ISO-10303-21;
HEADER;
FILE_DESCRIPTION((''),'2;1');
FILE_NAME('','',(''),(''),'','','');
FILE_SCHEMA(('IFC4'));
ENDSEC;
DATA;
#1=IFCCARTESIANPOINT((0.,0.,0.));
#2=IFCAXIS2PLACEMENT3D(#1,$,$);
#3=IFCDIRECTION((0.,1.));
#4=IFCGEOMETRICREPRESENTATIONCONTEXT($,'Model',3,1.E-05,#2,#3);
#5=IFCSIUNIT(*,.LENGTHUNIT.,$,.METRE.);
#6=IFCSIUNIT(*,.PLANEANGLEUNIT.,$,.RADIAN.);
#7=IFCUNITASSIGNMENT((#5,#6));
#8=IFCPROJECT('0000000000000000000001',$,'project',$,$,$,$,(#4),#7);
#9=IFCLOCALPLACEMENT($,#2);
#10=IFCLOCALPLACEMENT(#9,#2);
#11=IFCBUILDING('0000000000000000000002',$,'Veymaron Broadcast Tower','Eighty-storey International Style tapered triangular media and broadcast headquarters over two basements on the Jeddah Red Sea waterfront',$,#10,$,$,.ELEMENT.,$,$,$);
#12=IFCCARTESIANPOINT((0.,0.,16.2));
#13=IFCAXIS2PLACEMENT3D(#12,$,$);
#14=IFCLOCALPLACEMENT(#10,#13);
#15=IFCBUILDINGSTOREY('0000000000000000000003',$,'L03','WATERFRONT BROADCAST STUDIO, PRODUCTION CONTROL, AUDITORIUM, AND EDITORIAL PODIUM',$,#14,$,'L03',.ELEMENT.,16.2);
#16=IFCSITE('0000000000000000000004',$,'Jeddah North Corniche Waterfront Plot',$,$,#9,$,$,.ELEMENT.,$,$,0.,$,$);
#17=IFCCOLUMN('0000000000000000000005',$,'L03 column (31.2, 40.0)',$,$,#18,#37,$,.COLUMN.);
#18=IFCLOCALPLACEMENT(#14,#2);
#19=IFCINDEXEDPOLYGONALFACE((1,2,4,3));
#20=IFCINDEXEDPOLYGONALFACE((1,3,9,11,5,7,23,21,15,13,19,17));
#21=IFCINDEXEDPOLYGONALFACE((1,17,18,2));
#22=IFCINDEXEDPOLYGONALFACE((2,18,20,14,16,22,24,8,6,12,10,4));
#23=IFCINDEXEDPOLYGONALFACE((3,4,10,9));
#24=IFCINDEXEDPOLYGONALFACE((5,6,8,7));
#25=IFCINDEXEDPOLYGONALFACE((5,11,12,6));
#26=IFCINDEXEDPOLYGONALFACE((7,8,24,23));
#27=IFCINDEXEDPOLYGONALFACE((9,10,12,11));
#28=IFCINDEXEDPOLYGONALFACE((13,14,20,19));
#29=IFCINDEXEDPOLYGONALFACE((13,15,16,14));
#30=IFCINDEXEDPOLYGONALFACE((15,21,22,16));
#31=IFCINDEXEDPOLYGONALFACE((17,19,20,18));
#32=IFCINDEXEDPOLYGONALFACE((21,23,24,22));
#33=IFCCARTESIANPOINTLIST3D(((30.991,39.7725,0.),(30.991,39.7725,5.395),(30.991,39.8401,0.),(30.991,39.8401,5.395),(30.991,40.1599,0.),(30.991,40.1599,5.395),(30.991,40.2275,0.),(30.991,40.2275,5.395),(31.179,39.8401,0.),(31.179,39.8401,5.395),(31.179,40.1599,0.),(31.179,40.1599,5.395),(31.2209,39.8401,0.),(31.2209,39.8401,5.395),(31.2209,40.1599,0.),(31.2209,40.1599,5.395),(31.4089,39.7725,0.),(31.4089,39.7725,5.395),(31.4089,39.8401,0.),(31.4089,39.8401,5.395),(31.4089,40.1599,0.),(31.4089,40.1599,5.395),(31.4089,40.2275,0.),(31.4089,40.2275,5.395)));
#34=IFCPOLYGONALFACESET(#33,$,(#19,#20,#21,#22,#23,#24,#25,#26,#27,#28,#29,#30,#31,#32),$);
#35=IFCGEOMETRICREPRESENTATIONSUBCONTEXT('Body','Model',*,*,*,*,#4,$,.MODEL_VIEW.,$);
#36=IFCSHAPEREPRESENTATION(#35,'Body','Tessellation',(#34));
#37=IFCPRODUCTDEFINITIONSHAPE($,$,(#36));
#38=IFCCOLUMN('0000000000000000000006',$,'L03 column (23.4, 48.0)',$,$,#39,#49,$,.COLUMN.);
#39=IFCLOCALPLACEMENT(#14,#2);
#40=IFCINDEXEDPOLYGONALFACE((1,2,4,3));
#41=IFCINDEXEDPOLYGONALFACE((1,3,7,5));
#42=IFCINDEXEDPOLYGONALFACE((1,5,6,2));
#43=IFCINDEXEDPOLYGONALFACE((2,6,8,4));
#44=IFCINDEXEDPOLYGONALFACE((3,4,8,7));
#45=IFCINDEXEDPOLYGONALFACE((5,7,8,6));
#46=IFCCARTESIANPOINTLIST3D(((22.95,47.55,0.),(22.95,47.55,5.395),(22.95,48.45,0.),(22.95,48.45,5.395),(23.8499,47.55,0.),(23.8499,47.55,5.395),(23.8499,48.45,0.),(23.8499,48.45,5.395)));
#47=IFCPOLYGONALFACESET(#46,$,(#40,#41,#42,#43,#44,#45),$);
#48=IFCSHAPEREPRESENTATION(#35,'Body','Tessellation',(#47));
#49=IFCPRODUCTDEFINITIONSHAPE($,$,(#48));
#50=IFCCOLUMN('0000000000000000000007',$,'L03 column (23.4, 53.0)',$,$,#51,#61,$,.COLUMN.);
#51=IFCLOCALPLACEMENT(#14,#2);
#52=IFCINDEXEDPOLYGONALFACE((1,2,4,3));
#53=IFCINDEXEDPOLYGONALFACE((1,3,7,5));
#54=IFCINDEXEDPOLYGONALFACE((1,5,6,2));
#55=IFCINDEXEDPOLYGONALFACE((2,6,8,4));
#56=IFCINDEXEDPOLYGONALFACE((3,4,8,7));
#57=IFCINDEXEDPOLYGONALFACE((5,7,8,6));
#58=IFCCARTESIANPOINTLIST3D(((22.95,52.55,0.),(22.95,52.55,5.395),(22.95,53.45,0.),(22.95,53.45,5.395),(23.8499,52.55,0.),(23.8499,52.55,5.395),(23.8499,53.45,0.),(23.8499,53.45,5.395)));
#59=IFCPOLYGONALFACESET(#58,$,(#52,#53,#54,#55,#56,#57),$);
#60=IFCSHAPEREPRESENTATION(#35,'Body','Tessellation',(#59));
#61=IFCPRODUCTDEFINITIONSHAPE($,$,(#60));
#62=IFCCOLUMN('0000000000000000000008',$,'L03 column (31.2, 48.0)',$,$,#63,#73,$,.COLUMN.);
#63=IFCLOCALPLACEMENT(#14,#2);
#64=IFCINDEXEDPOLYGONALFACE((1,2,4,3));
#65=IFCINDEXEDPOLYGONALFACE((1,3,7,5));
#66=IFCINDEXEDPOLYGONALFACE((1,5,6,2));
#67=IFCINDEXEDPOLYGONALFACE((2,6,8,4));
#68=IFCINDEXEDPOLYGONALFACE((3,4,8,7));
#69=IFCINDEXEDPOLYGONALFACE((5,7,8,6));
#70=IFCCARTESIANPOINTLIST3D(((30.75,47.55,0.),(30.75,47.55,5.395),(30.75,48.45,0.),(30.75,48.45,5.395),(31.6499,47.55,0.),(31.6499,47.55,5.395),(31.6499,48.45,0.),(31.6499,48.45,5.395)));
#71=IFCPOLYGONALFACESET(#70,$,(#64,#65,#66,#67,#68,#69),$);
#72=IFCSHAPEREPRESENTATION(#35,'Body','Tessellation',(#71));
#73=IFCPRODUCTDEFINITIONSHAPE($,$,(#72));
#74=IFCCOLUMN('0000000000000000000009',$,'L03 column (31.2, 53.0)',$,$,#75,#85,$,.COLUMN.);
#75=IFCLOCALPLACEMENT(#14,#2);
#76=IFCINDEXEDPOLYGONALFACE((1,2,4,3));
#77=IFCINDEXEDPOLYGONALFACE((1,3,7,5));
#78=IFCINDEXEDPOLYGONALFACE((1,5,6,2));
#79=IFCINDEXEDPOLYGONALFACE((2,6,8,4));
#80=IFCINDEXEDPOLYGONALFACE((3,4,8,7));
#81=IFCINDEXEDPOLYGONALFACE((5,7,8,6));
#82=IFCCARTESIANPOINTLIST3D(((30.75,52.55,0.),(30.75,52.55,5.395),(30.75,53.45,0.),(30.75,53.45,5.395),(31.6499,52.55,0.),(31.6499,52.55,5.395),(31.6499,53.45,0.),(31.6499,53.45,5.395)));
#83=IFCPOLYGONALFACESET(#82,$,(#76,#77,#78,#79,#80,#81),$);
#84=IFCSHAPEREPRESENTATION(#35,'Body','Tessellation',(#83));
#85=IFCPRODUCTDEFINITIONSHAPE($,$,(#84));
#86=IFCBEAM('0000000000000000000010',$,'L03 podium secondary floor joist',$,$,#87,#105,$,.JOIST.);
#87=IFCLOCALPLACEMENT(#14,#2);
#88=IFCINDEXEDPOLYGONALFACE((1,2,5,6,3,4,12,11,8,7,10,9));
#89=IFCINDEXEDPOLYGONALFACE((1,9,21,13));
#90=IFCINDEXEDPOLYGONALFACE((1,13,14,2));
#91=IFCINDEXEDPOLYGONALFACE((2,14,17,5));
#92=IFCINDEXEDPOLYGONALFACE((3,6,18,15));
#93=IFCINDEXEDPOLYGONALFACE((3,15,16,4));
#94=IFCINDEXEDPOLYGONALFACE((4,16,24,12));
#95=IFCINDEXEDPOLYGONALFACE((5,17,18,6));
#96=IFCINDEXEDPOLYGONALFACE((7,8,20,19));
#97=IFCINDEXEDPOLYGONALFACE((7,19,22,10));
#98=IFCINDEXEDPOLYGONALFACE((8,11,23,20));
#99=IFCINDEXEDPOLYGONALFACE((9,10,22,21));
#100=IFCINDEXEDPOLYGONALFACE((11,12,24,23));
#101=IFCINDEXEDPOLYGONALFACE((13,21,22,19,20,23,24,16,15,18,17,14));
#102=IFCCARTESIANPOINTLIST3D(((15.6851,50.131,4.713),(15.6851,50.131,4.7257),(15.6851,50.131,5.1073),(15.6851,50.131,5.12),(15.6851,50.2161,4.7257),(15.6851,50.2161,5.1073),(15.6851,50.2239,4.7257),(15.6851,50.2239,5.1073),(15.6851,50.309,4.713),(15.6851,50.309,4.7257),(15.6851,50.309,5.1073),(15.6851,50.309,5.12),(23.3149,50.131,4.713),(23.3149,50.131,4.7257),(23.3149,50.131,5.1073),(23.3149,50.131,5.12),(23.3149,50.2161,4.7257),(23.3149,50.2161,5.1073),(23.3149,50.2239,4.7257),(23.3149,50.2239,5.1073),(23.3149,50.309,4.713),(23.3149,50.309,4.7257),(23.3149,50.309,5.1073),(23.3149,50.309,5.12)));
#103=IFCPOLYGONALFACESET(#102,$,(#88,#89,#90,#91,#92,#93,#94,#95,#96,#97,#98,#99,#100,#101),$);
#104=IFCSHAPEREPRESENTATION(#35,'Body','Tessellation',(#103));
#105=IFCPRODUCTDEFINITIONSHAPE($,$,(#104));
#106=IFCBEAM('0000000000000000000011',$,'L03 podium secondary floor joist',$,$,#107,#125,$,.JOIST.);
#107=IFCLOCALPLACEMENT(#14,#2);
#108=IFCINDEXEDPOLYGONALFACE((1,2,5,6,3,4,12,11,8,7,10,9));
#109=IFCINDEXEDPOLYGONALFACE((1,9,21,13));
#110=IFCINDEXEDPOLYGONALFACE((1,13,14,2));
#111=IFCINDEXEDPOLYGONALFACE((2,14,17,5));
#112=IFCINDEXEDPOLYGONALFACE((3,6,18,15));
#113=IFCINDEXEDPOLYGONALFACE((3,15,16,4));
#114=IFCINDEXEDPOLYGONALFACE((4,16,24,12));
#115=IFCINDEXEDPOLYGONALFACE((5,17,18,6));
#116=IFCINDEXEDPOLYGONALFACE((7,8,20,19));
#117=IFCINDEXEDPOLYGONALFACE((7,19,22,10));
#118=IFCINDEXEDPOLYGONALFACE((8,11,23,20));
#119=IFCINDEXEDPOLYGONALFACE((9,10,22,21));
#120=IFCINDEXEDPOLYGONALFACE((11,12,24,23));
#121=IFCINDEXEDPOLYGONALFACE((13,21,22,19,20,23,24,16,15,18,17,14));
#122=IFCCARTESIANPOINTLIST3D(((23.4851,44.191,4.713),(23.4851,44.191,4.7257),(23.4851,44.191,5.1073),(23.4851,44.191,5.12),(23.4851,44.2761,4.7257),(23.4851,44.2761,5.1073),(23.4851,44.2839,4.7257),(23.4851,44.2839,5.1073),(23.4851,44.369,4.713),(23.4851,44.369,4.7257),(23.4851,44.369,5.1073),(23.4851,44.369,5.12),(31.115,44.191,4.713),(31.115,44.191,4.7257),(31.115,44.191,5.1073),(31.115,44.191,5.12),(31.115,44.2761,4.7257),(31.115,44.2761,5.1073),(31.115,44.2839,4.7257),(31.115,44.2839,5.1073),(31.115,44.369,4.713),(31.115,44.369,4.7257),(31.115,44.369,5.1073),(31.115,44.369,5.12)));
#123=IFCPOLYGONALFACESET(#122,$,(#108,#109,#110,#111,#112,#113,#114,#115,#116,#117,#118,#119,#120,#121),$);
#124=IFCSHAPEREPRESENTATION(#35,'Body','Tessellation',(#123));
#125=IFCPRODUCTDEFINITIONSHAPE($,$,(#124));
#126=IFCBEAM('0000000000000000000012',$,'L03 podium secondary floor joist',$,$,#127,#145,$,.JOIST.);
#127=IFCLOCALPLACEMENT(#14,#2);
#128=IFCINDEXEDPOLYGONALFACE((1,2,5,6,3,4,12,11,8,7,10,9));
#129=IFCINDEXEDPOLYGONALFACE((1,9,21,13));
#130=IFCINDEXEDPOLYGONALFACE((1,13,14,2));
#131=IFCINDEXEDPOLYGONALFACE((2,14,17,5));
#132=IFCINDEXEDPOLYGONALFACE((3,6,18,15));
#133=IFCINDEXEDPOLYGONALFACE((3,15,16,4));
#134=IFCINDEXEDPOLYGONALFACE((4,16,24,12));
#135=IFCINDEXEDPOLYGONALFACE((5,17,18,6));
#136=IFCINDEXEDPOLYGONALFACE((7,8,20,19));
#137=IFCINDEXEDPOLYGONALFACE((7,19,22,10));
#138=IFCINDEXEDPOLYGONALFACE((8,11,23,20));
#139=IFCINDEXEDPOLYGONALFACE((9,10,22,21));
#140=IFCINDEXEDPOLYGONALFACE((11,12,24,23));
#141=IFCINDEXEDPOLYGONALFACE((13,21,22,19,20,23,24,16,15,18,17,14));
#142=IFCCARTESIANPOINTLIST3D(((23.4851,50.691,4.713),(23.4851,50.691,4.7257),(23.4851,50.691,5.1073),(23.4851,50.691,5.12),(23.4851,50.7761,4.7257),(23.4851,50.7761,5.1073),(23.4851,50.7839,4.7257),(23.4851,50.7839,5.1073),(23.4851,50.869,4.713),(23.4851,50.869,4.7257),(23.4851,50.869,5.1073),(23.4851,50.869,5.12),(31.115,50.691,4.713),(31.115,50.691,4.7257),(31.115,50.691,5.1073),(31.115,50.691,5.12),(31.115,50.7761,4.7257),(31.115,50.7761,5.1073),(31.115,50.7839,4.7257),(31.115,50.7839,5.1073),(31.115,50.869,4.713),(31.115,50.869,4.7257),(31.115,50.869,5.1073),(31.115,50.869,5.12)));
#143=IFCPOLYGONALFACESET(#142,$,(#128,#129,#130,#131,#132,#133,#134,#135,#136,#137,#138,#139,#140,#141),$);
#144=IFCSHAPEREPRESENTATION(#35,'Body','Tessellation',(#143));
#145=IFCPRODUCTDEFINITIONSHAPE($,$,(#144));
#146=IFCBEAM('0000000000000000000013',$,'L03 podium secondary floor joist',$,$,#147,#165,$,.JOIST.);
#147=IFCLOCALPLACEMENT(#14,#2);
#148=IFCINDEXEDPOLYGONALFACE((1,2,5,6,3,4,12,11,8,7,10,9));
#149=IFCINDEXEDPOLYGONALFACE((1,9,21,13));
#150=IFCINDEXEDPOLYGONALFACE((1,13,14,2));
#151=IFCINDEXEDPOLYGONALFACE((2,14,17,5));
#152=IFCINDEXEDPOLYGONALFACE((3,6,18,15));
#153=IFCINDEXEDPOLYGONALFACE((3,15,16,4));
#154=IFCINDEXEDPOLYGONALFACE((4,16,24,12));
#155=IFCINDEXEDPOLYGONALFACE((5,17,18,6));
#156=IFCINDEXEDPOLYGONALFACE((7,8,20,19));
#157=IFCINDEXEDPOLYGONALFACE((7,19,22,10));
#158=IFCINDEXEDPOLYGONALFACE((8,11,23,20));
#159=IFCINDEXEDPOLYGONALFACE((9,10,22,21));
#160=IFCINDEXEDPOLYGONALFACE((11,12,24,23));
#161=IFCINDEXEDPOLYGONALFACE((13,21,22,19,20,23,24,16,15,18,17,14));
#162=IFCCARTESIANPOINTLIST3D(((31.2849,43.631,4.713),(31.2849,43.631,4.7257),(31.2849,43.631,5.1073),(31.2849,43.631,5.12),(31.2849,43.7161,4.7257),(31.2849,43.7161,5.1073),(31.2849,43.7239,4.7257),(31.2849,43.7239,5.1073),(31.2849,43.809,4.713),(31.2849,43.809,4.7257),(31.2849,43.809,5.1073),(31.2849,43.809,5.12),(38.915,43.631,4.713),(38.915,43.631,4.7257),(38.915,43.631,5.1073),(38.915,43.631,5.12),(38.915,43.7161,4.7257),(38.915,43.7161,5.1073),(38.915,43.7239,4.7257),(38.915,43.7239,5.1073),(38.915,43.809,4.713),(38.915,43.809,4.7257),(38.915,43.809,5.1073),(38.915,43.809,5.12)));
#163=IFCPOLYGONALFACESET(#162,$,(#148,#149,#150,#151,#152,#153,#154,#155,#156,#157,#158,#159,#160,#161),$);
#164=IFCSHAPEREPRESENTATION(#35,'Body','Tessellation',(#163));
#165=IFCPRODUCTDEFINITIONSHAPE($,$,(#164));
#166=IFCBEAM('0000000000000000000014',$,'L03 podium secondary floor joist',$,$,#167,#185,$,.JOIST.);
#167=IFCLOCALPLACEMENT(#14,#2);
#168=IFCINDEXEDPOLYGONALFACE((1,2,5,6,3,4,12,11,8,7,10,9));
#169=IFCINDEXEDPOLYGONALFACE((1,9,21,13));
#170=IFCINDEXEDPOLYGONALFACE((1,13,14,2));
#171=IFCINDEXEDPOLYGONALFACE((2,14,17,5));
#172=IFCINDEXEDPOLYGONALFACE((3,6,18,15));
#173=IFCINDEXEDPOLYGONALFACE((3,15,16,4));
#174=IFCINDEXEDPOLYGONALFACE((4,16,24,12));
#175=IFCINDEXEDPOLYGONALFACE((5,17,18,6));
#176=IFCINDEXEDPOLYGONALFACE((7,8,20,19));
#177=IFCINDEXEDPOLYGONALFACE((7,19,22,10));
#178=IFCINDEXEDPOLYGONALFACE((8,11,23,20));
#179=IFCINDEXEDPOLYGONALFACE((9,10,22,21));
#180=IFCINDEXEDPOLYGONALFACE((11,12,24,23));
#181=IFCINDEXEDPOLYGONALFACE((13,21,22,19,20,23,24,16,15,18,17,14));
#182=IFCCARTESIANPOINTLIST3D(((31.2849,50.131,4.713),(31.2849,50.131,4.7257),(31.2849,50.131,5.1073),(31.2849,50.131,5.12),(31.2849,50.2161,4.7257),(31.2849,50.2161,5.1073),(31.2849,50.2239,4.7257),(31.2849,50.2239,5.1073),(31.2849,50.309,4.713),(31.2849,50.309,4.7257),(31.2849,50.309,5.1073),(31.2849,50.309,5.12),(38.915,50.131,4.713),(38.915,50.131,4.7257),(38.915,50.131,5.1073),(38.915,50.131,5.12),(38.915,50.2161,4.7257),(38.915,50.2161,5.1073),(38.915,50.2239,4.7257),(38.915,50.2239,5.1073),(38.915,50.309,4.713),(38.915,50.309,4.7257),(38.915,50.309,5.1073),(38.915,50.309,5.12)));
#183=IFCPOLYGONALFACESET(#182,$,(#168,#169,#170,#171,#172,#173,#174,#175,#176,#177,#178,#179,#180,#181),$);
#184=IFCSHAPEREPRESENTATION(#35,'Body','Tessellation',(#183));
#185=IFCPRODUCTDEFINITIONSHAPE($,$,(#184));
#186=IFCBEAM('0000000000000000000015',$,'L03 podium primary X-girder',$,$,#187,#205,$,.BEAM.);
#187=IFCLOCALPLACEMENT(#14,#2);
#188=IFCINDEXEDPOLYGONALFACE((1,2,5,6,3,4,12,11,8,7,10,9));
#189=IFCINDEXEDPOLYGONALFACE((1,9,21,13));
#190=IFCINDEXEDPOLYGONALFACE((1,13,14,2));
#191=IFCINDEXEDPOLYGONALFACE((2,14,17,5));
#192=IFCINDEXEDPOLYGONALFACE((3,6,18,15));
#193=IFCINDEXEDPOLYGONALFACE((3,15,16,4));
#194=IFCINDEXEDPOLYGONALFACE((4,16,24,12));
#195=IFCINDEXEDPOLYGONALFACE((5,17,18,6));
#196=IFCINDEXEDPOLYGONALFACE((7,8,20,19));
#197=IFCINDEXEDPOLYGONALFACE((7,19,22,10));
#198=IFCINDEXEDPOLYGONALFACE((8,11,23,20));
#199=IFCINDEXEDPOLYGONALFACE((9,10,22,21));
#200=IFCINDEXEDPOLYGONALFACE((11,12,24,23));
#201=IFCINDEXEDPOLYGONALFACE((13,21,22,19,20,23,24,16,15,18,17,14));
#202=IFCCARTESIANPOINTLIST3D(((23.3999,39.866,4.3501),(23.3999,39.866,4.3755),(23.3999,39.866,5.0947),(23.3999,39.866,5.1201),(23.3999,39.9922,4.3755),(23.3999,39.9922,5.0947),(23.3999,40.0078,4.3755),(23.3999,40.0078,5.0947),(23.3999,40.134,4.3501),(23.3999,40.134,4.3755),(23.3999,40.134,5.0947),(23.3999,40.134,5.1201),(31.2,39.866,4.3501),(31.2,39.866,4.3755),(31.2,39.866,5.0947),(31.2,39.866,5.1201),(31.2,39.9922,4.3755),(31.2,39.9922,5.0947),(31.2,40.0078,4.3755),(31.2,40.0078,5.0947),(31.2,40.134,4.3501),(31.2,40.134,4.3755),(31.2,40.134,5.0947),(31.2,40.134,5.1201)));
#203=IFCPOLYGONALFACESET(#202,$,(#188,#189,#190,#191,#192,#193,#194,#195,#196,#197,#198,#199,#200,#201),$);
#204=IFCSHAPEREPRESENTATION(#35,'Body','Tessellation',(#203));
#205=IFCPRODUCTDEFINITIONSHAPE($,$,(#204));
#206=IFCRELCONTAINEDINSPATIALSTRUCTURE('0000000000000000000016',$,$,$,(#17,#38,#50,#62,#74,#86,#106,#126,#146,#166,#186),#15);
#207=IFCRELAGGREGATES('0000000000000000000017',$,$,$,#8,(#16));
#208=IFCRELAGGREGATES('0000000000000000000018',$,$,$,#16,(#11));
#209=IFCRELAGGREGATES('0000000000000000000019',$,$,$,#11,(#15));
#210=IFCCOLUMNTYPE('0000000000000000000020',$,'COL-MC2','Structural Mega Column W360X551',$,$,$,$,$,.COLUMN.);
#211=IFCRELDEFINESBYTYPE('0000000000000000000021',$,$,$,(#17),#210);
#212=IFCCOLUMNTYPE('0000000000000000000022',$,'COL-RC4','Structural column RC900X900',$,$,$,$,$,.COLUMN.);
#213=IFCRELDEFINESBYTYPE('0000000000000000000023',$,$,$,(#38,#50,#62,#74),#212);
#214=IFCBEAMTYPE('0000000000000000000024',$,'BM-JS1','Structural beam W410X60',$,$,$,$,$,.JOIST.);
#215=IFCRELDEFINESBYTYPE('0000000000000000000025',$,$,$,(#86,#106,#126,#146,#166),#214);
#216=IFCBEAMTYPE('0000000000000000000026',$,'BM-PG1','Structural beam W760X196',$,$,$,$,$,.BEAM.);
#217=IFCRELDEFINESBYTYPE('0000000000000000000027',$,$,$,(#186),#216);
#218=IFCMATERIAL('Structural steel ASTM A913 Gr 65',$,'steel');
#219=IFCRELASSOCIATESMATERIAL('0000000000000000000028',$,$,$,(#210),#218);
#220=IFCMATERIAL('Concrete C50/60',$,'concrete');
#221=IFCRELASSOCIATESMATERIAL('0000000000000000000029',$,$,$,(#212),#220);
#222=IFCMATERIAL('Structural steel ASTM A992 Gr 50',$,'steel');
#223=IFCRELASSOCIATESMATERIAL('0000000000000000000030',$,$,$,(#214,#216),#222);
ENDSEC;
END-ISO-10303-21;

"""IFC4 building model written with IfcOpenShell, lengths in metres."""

from ifc_helpers import new_model, si_unit, direction, frame, origin, origin_2d, place, context, subcontext, project, spatial, rectangle, i_section, extrude, material, material_profile, profile_set, type_object, element, save


model = new_model("IFC4")

# Units and contexts
model_context = context("Model", 3, precision=1e-05, world=origin(), true_north=direction((0.0, 1.0)))
body_context = subcontext(model_context, "Body", "Model", "MODEL_VIEW")
ifc_project = project(units=[si_unit("LENGTHUNIT", "METRE"), si_unit("PLANEANGLEUNIT", "RADIAN")], contexts=[model_context])

# Site, building, storey
site_placement = place(None, origin())
site = spatial("IfcSite", under=ifc_project, at=site_placement, Name="Jeddah North Corniche Waterfront Plot", CompositionType="ELEMENT", RefElevation=0.0)
building_placement = place(site_placement, origin())
building = spatial("IfcBuilding", under=site, at=building_placement, Name="Veymaron Broadcast Tower", Description="Eighty-storey International Style tapered triangular media and broadcast headquarters over two basements on the Jeddah Red Sea waterfront", CompositionType="ELEMENT")
storey_placement = place(building_placement, frame((0.0, 0.0, 16.2)))
storey = spatial("IfcBuildingStorey", under=building, at=storey_placement, Name="L03", Description="WATERFRONT BROADCAST STUDIO, PRODUCTION CONTROL, AUDITORIUM, AND EDITORIAL PODIUM", LongName="L03", CompositionType="ELEMENT", Elevation=16.2)

# Columns
ifc_material_1 = material(Name="Structural steel ASTM A913 Gr 65", Category="steel")
ifc_material_profile_1 = material_profile(ifc_material_1, i_section(OverallWidth=0.418, OverallDepth=0.4551, WebThickness=0.042, FlangeThickness=0.0676, at=origin_2d()), Name="W360X551")
ifc_profile_set_1 = profile_set([ifc_material_profile_1], Name="Structural steel ASTM A913 Gr 65")
column_type_1 = type_object("IfcColumnType", Name="COL-MC2", Description="Structural Mega Column W360X551", PredefinedType="COLUMN", material=ifc_profile_set_1)
column_placement = place(storey_placement, frame((31.2, 40.0, 0.0), z_axis=(0.0, 0.0, 1.0), x_axis=(1.0, 0.0, 0.0)))
element("IfcColumn", 1, at=column_placement, inside=storey, type_object=column_type_1, Name="L03 column (31.2, 40.0)", PredefinedType="COLUMN", context=body_context, shape_type="SweptSolid", body=[
    extrude(i_section(OverallWidth=0.418, OverallDepth=0.4551, WebThickness=0.042, FlangeThickness=0.0676, at=origin_2d()), origin(), (0.0, 0.0, 1.0), 5.395),
])
ifc_material_2 = material(Name="Concrete C50/60", Category="concrete")
ifc_material_profile_2 = material_profile(ifc_material_2, rectangle(XDim=0.8999, YDim=0.8999, at=origin_2d()), Name="RC900X900")
ifc_profile_set_2 = profile_set([ifc_material_profile_2], Name="Concrete C50/60")
column_type_2 = type_object("IfcColumnType", Name="COL-RC4", Description="Structural column RC900X900", PredefinedType="COLUMN", material=ifc_profile_set_2)
for number, where, z_axis, x_axis, name in (
    (2, (23.3999, 48.0, 0.0), (0.0, 0.0, 1.0), (1.0, 0.0, 0.0), "L03 column (23.4, 48.0)"),
    (3, (23.3999, 53.0, 0.0), (0.0, 0.0, 1.0), (1.0, 0.0, 0.0), "L03 column (23.4, 53.0)"),
    (4, (31.2, 48.0, 0.0), (0.0, 0.0, 1.0), (1.0, 0.0, 0.0), "L03 column (31.2, 48.0)"),
    (5, (31.2, 53.0, 0.0), (0.0, 0.0, 1.0), (1.0, 0.0, 0.0), "L03 column (31.2, 53.0)"),
):
    element("IfcColumn", number, at=place(storey_placement, frame(where, z_axis=z_axis, x_axis=x_axis)), inside=storey, type_object=column_type_2, Name=name, PredefinedType="COLUMN", context=body_context, shape_type="SweptSolid", body=[
        extrude(rectangle(XDim=0.8999, YDim=0.8999, at=origin_2d()), origin(), (0.0, 0.0, 1.0), 5.395),
    ])

# Beams
ifc_material_3 = material(Name="Structural steel ASTM A992 Gr 50", Category="steel")
ifc_material_profile_3 = material_profile(ifc_material_3, i_section(OverallWidth=0.178, OverallDepth=0.407, WebThickness=0.0078, FlangeThickness=0.0127, at=origin_2d()), Name="W410X60")
ifc_profile_set_3 = profile_set([ifc_material_profile_3], Name="Structural steel ASTM A992 Gr 50")
beam_type_1 = type_object("IfcBeamType", Name="BM-JS1", Description="Structural beam W410X60", PredefinedType="JOIST", material=ifc_profile_set_3)
for number, where, z_axis, x_axis, name in (
    (6, (15.6851, 50.22, 4.9165), (1.0, 0.0, 0.0), (0.0, 1.0, 0.0), "L03 podium secondary floor joist"),
    (7, (23.4851, 44.28, 4.9165), (1.0, 0.0, 0.0), (0.0, 1.0, 0.0), "L03 podium secondary floor joist"),
    (8, (23.4851, 50.78, 4.9165), (1.0, 0.0, 0.0), (0.0, 1.0, 0.0), "L03 podium secondary floor joist"),
):
    element("IfcBeam", number, at=place(storey_placement, frame(where, z_axis=z_axis, x_axis=x_axis)), inside=storey, type_object=beam_type_1, Name=name, PredefinedType="JOIST", context=body_context, shape_type="SweptSolid", body=[
        extrude(i_section(OverallWidth=0.178, OverallDepth=0.407, WebThickness=0.0078, FlangeThickness=0.0127, at=origin_2d()), origin(), (0.0, 0.0, 1.0), 7.6299),
    ])
for number, where, z_axis, x_axis, name in (
    (9, (31.2849, 43.72, 4.9165), (1.0, 0.0, 0.0), (0.0, 1.0, 0.0), "L03 podium secondary floor joist"),
    (10, (31.2849, 50.22, 4.9165), (1.0, 0.0, 0.0), (0.0, 1.0, 0.0), "L03 podium secondary floor joist"),
):
    element("IfcBeam", number, at=place(storey_placement, frame(where, z_axis=z_axis, x_axis=x_axis)), inside=storey, type_object=beam_type_1, Name=name, PredefinedType="JOIST", context=body_context, shape_type="SweptSolid", body=[
        extrude(i_section(OverallWidth=0.178, OverallDepth=0.407, WebThickness=0.0078, FlangeThickness=0.0127, at=origin_2d()), origin(), (0.0, 0.0, 1.0), 7.6301),
    ])
ifc_material_profile_4 = material_profile(ifc_material_3, i_section(OverallWidth=0.2681, OverallDepth=0.77, WebThickness=0.0156, FlangeThickness=0.0254, at=origin_2d()), Name="W760X196")
ifc_profile_set_4 = profile_set([ifc_material_profile_4], Name="Structural steel ASTM A992 Gr 50")
beam_type_2 = type_object("IfcBeamType", Name="BM-PG1", Description="Structural beam W760X196", PredefinedType="BEAM", material=ifc_profile_set_4)
for number, where, z_axis, x_axis, name in (
    (11, (23.3999, 40.0, 4.7351), (1.0, 0.0, 0.0), (0.0, 1.0, 0.0), "L03 podium primary X-girder"),
):
    element("IfcBeam", number, at=place(storey_placement, frame(where, z_axis=z_axis, x_axis=x_axis)), inside=storey, type_object=beam_type_2, Name=name, PredefinedType="BEAM", context=body_context, shape_type="SweptSolid", body=[
        extrude(i_section(OverallWidth=0.2681, OverallDepth=0.77, WebThickness=0.0156, FlangeThickness=0.0254, at=origin_2d()), origin(), (0.0, 0.0, 1.0), 7.8),
    ])

save(model, "model.ifc")
